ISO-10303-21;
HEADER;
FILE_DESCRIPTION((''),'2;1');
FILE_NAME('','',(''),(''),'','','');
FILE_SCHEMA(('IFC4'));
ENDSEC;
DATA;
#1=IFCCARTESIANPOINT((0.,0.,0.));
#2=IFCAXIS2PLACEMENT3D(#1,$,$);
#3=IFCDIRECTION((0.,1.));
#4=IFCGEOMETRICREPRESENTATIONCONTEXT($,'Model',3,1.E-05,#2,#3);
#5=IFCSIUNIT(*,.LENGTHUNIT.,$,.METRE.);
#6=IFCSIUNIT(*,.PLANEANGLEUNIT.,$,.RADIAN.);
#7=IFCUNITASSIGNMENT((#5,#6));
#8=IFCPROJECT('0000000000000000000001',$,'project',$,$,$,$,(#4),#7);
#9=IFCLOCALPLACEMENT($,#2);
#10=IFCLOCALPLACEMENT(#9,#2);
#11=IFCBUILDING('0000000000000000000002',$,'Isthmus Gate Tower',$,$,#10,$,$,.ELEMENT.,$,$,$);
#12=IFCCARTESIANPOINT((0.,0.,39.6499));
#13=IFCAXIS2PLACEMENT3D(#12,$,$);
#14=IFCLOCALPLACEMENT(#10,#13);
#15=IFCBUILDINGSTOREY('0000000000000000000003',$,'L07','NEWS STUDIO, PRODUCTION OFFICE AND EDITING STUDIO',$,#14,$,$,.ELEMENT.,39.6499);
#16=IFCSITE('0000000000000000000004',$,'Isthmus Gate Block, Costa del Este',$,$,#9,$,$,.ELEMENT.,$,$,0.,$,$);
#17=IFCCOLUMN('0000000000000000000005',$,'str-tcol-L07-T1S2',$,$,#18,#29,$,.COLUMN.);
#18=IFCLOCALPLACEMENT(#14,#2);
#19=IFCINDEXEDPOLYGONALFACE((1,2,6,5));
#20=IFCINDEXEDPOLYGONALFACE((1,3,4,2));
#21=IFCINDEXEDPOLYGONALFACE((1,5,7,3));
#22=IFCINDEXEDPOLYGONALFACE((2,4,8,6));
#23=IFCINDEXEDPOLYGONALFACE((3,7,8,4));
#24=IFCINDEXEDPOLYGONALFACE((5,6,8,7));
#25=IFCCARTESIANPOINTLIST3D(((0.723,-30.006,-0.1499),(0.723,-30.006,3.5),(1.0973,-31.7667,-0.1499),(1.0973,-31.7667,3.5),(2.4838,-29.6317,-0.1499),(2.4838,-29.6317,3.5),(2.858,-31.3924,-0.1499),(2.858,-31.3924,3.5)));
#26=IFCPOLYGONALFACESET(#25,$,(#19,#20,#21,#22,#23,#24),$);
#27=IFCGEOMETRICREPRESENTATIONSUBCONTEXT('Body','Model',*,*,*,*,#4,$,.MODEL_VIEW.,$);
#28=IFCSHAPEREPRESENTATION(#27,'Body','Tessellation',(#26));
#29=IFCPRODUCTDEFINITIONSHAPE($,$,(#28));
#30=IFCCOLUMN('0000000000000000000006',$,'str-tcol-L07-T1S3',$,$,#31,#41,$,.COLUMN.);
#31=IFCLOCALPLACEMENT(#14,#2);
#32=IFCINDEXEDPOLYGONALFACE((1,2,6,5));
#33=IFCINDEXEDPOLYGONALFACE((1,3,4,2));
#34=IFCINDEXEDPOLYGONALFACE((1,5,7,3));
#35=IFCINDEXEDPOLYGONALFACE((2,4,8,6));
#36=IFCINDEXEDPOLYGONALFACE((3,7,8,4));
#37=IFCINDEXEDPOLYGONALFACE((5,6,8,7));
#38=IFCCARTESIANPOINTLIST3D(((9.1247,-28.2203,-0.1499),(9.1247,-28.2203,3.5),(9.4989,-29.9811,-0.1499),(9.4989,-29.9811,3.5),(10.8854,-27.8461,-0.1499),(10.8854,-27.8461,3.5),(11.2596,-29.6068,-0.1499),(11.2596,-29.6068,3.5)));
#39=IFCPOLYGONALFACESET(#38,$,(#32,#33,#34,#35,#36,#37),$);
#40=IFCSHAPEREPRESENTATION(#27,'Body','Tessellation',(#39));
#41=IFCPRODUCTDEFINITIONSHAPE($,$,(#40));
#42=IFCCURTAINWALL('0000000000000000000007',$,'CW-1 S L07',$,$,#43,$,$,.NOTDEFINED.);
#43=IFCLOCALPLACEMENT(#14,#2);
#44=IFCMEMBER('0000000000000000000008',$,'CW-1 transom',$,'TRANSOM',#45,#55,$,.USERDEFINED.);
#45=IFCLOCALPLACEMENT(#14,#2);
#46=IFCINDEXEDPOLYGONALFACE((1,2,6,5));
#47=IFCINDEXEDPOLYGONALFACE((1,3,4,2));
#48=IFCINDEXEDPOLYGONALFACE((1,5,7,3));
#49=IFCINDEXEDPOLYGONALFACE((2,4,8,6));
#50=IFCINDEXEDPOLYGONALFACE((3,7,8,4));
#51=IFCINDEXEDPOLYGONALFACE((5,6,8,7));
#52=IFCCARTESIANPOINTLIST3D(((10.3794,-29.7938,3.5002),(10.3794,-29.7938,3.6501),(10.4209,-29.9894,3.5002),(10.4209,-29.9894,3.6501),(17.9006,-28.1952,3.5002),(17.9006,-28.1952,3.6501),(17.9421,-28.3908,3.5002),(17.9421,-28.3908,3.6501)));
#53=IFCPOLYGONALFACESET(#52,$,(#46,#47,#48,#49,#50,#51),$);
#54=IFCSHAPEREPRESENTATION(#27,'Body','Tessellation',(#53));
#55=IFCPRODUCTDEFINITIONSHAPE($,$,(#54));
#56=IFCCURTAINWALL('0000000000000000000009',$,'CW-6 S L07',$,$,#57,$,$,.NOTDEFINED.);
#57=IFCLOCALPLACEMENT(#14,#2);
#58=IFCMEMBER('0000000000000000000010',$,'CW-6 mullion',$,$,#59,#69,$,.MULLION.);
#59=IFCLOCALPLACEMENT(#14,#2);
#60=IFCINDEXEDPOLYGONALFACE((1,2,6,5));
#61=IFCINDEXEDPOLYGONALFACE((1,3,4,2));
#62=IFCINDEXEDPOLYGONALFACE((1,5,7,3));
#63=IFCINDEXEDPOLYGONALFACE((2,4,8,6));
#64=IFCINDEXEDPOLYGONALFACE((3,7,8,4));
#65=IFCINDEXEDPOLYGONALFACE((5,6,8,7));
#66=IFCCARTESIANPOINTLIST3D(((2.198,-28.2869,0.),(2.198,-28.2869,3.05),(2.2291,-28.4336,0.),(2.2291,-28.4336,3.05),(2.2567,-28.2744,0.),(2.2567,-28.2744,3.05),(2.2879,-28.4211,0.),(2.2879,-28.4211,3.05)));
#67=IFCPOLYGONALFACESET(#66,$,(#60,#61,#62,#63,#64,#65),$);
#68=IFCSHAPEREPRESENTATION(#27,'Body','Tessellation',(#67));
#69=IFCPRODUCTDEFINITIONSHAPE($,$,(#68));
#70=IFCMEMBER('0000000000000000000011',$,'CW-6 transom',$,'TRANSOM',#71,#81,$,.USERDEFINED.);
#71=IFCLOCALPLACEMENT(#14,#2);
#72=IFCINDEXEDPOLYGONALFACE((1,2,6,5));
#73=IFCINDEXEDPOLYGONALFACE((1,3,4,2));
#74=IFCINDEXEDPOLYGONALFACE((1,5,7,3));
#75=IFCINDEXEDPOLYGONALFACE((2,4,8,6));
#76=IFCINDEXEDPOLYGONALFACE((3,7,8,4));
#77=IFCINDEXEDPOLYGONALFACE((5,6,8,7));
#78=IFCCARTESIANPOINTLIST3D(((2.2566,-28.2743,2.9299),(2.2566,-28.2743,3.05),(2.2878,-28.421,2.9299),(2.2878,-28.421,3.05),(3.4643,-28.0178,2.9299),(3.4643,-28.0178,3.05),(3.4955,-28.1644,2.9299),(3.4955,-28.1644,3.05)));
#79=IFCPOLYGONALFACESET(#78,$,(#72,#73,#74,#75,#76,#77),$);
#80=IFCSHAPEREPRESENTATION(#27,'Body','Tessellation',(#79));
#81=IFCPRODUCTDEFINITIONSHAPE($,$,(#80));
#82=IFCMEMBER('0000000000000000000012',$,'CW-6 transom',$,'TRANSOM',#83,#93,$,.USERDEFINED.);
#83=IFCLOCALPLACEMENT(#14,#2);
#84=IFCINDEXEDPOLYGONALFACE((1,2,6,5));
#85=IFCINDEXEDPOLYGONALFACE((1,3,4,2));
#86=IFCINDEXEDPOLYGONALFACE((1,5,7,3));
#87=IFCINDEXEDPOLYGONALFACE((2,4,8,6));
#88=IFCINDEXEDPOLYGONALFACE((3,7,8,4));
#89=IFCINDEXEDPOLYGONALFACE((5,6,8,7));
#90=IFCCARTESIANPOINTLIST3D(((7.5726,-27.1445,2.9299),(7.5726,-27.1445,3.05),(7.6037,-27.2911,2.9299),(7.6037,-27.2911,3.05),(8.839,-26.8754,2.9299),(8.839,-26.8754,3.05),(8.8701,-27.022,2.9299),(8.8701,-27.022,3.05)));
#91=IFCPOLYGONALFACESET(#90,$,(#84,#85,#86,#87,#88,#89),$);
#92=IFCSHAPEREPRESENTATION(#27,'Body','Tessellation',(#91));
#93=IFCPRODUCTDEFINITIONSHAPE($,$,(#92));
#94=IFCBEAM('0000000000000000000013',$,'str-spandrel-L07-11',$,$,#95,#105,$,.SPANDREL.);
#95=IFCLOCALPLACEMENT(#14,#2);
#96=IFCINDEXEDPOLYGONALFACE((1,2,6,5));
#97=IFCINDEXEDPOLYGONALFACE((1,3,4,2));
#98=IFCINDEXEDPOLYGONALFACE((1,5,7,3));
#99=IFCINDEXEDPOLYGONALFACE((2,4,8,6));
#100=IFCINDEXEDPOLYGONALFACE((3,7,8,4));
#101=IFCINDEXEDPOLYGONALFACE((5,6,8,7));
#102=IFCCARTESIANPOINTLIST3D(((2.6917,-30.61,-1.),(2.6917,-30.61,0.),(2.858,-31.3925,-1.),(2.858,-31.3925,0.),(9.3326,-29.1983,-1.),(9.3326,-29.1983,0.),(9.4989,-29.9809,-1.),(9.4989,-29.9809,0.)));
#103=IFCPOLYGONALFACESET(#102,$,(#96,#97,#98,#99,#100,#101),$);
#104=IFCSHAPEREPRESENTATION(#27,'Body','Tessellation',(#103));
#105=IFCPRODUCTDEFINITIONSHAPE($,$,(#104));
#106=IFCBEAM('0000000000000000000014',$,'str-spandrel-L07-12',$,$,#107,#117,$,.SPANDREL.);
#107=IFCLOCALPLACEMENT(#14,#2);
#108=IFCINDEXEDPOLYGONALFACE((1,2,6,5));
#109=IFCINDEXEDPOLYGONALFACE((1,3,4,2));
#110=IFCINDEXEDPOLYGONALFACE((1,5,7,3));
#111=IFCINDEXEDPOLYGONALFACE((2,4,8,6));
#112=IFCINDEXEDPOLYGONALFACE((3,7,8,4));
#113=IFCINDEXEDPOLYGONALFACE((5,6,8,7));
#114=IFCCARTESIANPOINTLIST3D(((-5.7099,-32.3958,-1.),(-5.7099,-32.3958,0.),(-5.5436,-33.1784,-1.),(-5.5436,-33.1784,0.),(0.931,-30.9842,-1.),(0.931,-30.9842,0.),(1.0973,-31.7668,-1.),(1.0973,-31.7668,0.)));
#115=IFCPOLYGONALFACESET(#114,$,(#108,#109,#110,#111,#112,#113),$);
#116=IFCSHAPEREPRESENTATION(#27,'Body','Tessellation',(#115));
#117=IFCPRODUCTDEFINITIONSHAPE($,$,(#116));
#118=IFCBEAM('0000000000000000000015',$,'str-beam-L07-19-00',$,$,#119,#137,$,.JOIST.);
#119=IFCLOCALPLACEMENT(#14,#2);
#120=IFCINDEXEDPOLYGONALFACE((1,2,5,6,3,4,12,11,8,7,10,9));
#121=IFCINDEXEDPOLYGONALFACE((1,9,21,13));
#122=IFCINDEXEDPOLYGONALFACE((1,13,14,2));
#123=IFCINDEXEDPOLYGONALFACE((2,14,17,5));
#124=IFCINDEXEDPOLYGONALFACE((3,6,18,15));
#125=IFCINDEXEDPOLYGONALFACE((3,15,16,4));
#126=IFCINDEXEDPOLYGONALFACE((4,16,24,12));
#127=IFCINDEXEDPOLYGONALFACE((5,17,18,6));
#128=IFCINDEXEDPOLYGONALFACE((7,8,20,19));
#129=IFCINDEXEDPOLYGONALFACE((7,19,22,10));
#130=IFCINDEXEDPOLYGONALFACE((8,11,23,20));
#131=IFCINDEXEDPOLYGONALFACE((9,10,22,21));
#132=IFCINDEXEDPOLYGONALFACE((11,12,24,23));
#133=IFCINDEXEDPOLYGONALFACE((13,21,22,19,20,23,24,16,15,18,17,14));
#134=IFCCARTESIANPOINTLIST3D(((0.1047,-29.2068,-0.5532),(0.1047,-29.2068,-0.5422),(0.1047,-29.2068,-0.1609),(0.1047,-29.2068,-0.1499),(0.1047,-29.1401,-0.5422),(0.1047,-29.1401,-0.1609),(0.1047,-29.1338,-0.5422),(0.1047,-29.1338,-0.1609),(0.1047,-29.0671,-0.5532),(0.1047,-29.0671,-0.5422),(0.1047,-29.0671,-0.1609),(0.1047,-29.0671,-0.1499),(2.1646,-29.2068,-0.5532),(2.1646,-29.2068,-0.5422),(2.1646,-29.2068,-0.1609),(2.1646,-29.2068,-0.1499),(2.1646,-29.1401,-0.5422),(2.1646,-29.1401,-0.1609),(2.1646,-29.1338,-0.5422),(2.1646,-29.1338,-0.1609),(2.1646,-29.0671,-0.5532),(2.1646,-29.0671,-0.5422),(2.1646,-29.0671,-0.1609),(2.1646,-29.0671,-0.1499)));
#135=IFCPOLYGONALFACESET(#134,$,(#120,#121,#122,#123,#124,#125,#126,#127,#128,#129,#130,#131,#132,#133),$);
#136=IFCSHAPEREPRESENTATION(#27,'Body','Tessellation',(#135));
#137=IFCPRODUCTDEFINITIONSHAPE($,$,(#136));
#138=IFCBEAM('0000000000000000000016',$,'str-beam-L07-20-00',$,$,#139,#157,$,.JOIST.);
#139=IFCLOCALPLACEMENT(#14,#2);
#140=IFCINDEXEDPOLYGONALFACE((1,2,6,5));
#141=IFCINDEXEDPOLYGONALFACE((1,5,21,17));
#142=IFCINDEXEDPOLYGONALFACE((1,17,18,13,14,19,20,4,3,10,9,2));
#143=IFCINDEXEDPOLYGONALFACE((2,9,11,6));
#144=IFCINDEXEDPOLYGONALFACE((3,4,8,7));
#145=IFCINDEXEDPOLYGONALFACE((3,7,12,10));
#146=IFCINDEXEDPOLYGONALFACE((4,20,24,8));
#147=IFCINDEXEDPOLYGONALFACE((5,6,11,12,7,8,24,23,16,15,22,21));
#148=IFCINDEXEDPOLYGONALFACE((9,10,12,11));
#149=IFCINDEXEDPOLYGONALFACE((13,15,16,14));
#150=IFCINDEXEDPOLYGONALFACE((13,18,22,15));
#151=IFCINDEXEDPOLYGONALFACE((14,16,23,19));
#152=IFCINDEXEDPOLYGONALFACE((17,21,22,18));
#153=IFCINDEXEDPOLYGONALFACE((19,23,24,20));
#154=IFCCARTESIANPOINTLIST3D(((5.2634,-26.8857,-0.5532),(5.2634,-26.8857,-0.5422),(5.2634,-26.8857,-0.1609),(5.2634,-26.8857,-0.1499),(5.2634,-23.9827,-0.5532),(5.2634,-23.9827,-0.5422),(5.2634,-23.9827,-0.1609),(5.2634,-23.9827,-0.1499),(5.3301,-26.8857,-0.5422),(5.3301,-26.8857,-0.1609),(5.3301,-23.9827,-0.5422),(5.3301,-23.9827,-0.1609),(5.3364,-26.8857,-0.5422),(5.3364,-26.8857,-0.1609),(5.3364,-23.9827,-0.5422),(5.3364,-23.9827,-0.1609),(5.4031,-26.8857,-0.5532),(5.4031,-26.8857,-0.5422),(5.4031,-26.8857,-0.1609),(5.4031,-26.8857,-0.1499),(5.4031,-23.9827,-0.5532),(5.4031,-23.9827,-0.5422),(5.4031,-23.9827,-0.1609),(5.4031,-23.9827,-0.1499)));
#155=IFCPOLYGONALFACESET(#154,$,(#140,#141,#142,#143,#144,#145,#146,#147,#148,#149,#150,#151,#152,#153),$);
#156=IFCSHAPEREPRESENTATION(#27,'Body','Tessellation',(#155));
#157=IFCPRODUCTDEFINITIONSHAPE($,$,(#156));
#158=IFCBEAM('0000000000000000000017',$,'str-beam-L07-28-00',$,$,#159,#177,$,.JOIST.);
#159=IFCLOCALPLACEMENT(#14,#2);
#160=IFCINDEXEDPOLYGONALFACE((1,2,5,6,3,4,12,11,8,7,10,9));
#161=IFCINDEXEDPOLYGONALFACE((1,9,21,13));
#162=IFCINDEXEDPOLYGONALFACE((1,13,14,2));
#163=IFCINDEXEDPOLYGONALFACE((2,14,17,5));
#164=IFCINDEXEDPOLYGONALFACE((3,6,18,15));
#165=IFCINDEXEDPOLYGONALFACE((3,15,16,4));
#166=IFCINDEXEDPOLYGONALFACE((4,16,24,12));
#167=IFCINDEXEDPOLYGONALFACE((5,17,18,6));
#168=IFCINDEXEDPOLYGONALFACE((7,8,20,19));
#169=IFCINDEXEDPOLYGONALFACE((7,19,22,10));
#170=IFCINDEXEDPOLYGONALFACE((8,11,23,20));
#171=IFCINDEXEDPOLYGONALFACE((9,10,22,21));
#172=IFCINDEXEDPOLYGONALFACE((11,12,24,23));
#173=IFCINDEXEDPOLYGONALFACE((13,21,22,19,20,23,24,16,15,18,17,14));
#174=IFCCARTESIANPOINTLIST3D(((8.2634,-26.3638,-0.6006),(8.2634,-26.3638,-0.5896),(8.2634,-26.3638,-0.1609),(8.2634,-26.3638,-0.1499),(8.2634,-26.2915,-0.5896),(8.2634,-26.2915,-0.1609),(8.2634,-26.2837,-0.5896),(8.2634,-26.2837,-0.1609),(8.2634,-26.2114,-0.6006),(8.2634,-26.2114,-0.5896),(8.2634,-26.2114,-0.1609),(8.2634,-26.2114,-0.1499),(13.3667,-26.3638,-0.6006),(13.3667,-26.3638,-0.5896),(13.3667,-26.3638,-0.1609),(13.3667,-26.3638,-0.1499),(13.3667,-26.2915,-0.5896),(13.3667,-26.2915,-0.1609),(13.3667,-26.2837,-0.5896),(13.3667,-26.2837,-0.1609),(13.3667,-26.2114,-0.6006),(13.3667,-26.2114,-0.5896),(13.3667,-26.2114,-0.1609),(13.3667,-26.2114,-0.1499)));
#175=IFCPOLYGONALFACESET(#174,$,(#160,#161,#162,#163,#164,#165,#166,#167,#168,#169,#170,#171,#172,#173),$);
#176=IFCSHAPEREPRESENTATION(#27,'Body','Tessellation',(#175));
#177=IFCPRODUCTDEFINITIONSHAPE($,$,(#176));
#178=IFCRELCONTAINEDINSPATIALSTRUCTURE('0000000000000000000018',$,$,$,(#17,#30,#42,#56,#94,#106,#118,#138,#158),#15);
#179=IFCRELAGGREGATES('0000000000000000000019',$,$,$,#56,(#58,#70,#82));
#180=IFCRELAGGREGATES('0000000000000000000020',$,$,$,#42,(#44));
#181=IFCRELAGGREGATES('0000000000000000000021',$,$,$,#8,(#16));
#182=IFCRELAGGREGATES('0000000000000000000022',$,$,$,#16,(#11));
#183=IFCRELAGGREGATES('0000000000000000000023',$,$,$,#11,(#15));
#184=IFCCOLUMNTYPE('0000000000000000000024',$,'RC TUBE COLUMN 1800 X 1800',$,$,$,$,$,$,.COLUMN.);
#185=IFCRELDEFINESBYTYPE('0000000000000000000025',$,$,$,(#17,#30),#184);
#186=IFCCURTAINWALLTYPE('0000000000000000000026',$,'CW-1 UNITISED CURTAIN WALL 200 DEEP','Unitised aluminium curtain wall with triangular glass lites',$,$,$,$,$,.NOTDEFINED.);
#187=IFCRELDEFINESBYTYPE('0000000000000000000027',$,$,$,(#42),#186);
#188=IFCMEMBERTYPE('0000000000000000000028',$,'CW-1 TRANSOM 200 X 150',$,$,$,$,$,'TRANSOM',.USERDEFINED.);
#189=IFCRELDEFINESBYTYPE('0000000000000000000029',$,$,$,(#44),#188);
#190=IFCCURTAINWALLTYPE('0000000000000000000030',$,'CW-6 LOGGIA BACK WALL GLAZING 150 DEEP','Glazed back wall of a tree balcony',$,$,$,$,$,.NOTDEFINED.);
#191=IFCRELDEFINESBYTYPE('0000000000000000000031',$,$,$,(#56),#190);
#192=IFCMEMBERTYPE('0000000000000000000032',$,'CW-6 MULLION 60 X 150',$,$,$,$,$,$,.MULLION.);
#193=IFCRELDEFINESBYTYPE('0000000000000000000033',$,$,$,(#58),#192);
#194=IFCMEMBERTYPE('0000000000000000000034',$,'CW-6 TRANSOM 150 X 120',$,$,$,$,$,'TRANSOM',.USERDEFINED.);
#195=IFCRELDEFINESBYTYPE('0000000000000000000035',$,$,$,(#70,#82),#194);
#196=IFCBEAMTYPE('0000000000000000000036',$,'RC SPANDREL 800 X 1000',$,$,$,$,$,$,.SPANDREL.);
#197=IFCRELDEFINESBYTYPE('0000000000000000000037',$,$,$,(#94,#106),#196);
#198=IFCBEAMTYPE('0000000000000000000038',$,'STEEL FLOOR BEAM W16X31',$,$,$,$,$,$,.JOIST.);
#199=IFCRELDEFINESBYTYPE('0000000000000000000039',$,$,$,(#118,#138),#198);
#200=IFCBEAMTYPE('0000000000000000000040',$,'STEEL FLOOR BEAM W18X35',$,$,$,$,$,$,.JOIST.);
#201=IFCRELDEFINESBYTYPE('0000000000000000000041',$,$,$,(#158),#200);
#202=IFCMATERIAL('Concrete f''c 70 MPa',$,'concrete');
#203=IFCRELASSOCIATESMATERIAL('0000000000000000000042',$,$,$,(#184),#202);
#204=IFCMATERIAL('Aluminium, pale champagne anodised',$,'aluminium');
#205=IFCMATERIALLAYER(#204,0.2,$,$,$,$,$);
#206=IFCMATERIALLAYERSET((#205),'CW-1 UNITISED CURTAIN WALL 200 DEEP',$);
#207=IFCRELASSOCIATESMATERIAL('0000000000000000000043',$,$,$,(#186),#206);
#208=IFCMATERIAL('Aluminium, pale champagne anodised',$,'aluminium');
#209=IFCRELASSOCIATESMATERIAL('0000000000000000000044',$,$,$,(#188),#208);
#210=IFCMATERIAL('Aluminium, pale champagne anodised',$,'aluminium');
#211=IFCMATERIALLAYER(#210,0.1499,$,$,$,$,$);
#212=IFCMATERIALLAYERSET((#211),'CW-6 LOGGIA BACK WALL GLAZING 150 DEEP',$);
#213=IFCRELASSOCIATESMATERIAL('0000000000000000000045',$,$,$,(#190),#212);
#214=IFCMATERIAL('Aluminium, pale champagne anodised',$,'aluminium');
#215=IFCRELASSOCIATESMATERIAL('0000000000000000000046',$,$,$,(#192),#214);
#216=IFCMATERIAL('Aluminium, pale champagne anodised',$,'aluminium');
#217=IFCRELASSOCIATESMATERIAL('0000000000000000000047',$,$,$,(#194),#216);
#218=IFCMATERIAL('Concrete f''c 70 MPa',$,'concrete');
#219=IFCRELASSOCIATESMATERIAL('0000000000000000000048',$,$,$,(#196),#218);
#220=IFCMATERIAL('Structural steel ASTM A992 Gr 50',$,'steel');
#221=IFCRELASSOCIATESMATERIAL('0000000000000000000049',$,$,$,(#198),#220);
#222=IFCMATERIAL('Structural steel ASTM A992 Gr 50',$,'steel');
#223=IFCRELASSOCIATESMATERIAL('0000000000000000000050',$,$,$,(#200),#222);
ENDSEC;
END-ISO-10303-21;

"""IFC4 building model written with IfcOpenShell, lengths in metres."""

from ifc_helpers import new_model, si_unit, direction, frame, origin, origin_2d, place, context, subcontext, project, spatial, rectangle, i_section, extrude, material, layer, layer_set, material_profile, profile_set, type_object, element, aggregate, save


model = new_model("IFC4")

# Units and contexts
model_context = context("Model", 3, precision=1e-05, world=origin(), true_north=direction((0.0, 1.0)))
body_context = subcontext(model_context, "Body", "Model", "MODEL_VIEW")
ifc_project = project(units=[si_unit("LENGTHUNIT", "METRE"), si_unit("PLANEANGLEUNIT", "RADIAN")], contexts=[model_context])

# Site, building, storey
site_placement = place(None, origin())
site = spatial("IfcSite", under=ifc_project, at=site_placement, Name="Isthmus Gate Block, Costa del Este", CompositionType="ELEMENT", RefElevation=0.0)
building_placement = place(site_placement, origin())
building = spatial("IfcBuilding", under=site, at=building_placement, Name="Isthmus Gate Tower", CompositionType="ELEMENT")
storey_placement = place(building_placement, frame((0.0, 0.0, 39.6499)))
storey = spatial("IfcBuildingStorey", under=building, at=storey_placement, Name="L07", Description="NEWS STUDIO, PRODUCTION OFFICE AND EDITING STUDIO", CompositionType="ELEMENT", Elevation=39.6499)

# Columns
ifc_material_1 = material(Name="Concrete f'c 70 MPa", Category="concrete")
ifc_material_profile_1 = material_profile(ifc_material_1, rectangle(XDim=1.8, YDim=1.8, at=origin_2d()), Name="RC 1800X1800")
ifc_profile_set_1 = profile_set([ifc_material_profile_1], Name="Concrete f'c 70 MPa")
column_type = type_object("IfcColumnType", Name="RC TUBE COLUMN 1800 X 1800", PredefinedType="COLUMN", material=ifc_profile_set_1)
for number, where, z_axis, x_axis, name in (
    (1, (1.7905, -30.6992, -0.1499), (0.0, 0.0, 1.0), (0.978148, 0.207912, 0.0), "str-tcol-L07-T1S2"),
    (2, (10.1921, -28.9136, -0.1499), (0.0, 0.0, 1.0), (0.978148, 0.207912, 0.0), "str-tcol-L07-T1S3"),
):
    element("IfcColumn", number, at=place(storey_placement, frame(where, z_axis=z_axis, x_axis=x_axis)), inside=storey, type_object=column_type, Name=name, PredefinedType="COLUMN", context=body_context, shape_type="SweptSolid", body=[
        extrude(rectangle(XDim=1.8, YDim=1.8, at=origin_2d()), origin(), (0.0, 0.0, 1.0), 3.6499),
    ])

# Curtain wall, member
ifc_material_2 = material(Name="Aluminium, pale champagne anodised", Category="aluminium")
ifc_layer_1 = layer(ifc_material_2, 0.2)
ifc_layer_set_1 = layer_set([ifc_layer_1], Name="CW-1 UNITISED CURTAIN WALL 200 DEEP")
curtain_wall_type_1 = type_object("IfcCurtainWallType", Name="CW-1 UNITISED CURTAIN WALL 200 DEEP", Description="Unitised aluminium curtain wall with triangular glass lites", PredefinedType="NOTDEFINED", material=ifc_layer_set_1)
curtain_wall_1_placement = place(storey_placement, origin())
curtain_wall_1 = element("IfcCurtainWall", 3, at=curtain_wall_1_placement, inside=storey, type_object=curtain_wall_type_1, Name="CW-1 S L07", PredefinedType="NOTDEFINED")
ifc_material_3 = material(Name="Aluminium, pale champagne anodised", Category="aluminium")
ifc_material_profile_2 = material_profile(ifc_material_3, rectangle(XDim=0.2, YDim=0.1499, at=origin_2d()), Name="200x150")
ifc_profile_set_2 = profile_set([ifc_material_profile_2], Name="Aluminium, pale champagne anodised")
member_type_1 = type_object("IfcMemberType", Name="CW-1 TRANSOM 200 X 150", ElementType="TRANSOM", PredefinedType="USERDEFINED", material=ifc_profile_set_2)
member_1_placement = place(storey_placement, frame((10.4001, -29.8916, 3.5752), z_axis=(0.978149, 0.207905, 0.0), x_axis=(-0.207905, 0.978149, 0.0)))
member_1 = element("IfcMember", 4, at=member_1_placement, type_object=member_type_1, Name="CW-1 transom", ObjectType="TRANSOM", PredefinedType="USERDEFINED", context=body_context, shape_type="SweptSolid", body=[
    extrude(rectangle(XDim=0.2, YDim=0.1499, at=origin_2d()), origin(), (0.0, 0.0, 1.0), 7.6892),
])

# Curtain wall, members
ifc_material_4 = material(Name="Aluminium, pale champagne anodised", Category="aluminium")
ifc_layer_2 = layer(ifc_material_4, 0.1499)
ifc_layer_set_2 = layer_set([ifc_layer_2], Name="CW-6 LOGGIA BACK WALL GLAZING 150 DEEP")
curtain_wall_type_2 = type_object("IfcCurtainWallType", Name="CW-6 LOGGIA BACK WALL GLAZING 150 DEEP", Description="Glazed back wall of a tree balcony", PredefinedType="NOTDEFINED", material=ifc_layer_set_2)
curtain_wall_2_placement = place(storey_placement, origin())
curtain_wall_2 = element("IfcCurtainWall", 5, at=curtain_wall_2_placement, inside=storey, type_object=curtain_wall_type_2, Name="CW-6 S L07", PredefinedType="NOTDEFINED")
ifc_material_5 = material(Name="Aluminium, pale champagne anodised", Category="aluminium")
ifc_material_profile_3 = material_profile(ifc_material_5, rectangle(XDim=0.0601, YDim=0.1499, at=origin_2d()), Name="60x150")
ifc_profile_set_3 = profile_set([ifc_material_profile_3], Name="Aluminium, pale champagne anodised")
member_type_2 = type_object("IfcMemberType", Name="CW-6 MULLION 60 X 150", PredefinedType="MULLION", material=ifc_profile_set_3)
member_2_placement = place(storey_placement, frame((2.2429, -28.354, 0.0), z_axis=(0.0, 0.0, 1.0), x_axis=(0.978148, 0.207912, 0.0)))
member_2 = element("IfcMember", 6, at=member_2_placement, type_object=member_type_2, Name="CW-6 mullion", PredefinedType="MULLION", context=body_context, shape_type="SweptSolid", body=[
    extrude(rectangle(XDim=0.0601, YDim=0.1499, at=origin_2d()), origin(), (0.0, 0.0, 1.0), 3.05),
])
ifc_material_6 = material(Name="Aluminium, pale champagne anodised", Category="aluminium")
ifc_material_profile_4 = material_profile(ifc_material_6, rectangle(XDim=0.1499, YDim=0.1201, at=origin_2d()), Name="150x120")
ifc_profile_set_4 = profile_set([ifc_material_profile_4], Name="Aluminium, pale champagne anodised")
member_type_3 = type_object("IfcMemberType", Name="CW-6 TRANSOM 150 X 120", ElementType="TRANSOM", PredefinedType="USERDEFINED", material=ifc_profile_set_4)
member_3_placement = place(storey_placement, frame((2.2722, -28.3477, 2.99), z_axis=(0.978168, 0.207814, 0.0), x_axis=(-0.207814, 0.978168, 0.0)))
member_3 = element("IfcMember", 7, at=member_3_placement, type_object=member_type_3, Name="CW-6 transom", ObjectType="TRANSOM", PredefinedType="USERDEFINED", context=body_context, shape_type="SweptSolid", body=[
    extrude(rectangle(XDim=0.1499, YDim=0.1201, at=origin_2d()), origin(), (0.0, 0.0, 1.0), 1.2346),
])
member_4_placement = place(storey_placement, frame((7.5881, -27.2178, 2.99), z_axis=(0.978168, 0.207816, 0.0), x_axis=(-0.207816, 0.978168, 0.0)))
member_4 = element("IfcMember", 8, at=member_4_placement, type_object=member_type_3, Name="CW-6 transom", ObjectType="TRANSOM", PredefinedType="USERDEFINED", context=body_context, shape_type="SweptSolid", body=[
    extrude(rectangle(XDim=0.1499, YDim=0.1201, at=origin_2d()), origin(), (0.0, 0.0, 1.0), 1.2947),
])

# Beams
ifc_material_7 = material(Name="Concrete f'c 70 MPa", Category="concrete")
ifc_material_profile_5 = material_profile(ifc_material_7, rectangle(XDim=0.8, YDim=1.0, at=origin_2d()), Name="RC 800X1000")
ifc_profile_set_5 = profile_set([ifc_material_profile_5], Name="Concrete f'c 70 MPa")
beam_type_1 = type_object("IfcBeamType", Name="RC SPANDREL 800 X 1000", PredefinedType="SPANDREL", material=ifc_profile_set_5)
for number, where, z_axis, x_axis, name in (
    (9, (9.4158, -29.5896, -0.5), (-0.978146, -0.20792, 0.0), (0.20792, -0.978146, 0.0), "str-spandrel-L07-11"),
    (10, (1.0142, -31.3755, -0.5), (-0.978146, -0.20792, 0.0), (0.20792, -0.978146, 0.0), "str-spandrel-L07-12"),
):
    element("IfcBeam", number, at=place(storey_placement, frame(where, z_axis=z_axis, x_axis=x_axis)), inside=storey, type_object=beam_type_1, Name=name, PredefinedType="SPANDREL", context=body_context, shape_type="SweptSolid", body=[
        extrude(rectangle(XDim=0.8, YDim=1.0, at=origin_2d()), origin(), (0.0, 0.0, 1.0), 6.7893),
    ])
ifc_material_8 = material(Name="Structural steel ASTM A992 Gr 50", Category="steel")
ifc_material_profile_6 = material_profile(ifc_material_8, i_section(OverallWidth=0.1396, OverallDepth=0.4033, WebThickness=0.0063, FlangeThickness=0.011, at=origin_2d()), Name="W16X31")
ifc_profile_set_6 = profile_set([ifc_material_profile_6], Name="Structural steel ASTM A992 Gr 50")
beam_type_2 = type_object("IfcBeamType", Name="STEEL FLOOR BEAM W16X31", PredefinedType="JOIST", material=ifc_profile_set_6)
beam_1_placement = place(storey_placement, frame((0.1047, -29.137, -0.3516), z_axis=(1.0, 0.0, 0.0), x_axis=(0.0, 1.0, 0.0)))
element("IfcBeam", 11, at=beam_1_placement, inside=storey, type_object=beam_type_2, Name="str-beam-L07-19-00", PredefinedType="JOIST", context=body_context, shape_type="SweptSolid", body=[
    extrude(i_section(OverallWidth=0.1396, OverallDepth=0.4033, WebThickness=0.0063, FlangeThickness=0.011, at=origin_2d()), origin(), (0.0, 0.0, 1.0), 2.0598),
])
beam_2_placement = place(storey_placement, frame((5.3333, -26.8857, -0.3516), z_axis=(0.0, 1.0, 0.0), x_axis=(-1.0, 0.0, 0.0)))
element("IfcBeam", 12, at=beam_2_placement, inside=storey, type_object=beam_type_2, Name="str-beam-L07-20-00", PredefinedType="JOIST", context=body_context, shape_type="SweptSolid", body=[
    extrude(i_section(OverallWidth=0.1396, OverallDepth=0.4033, WebThickness=0.0063, FlangeThickness=0.011, at=origin_2d()), origin(), (0.0, 0.0, 1.0), 2.9031),
])
ifc_material_9 = material(Name="Structural steel ASTM A992 Gr 50", Category="steel")
ifc_material_profile_7 = material_profile(ifc_material_9, i_section(OverallWidth=0.1523, OverallDepth=0.4507, WebThickness=0.0078, FlangeThickness=0.011, at=origin_2d()), Name="W18X35")
ifc_profile_set_7 = profile_set([ifc_material_profile_7], Name="Structural steel ASTM A992 Gr 50")
beam_type_3 = type_object("IfcBeamType", Name="STEEL FLOOR BEAM W18X35", PredefinedType="JOIST", material=ifc_profile_set_7)
beam_3_placement = place(storey_placement, frame((8.2634, -26.2876, -0.3752), z_axis=(1.0, 0.0, 0.0), x_axis=(0.0, 1.0, 0.0)))
element("IfcBeam", 13, at=beam_3_placement, inside=storey, type_object=beam_type_3, Name="str-beam-L07-28-00", PredefinedType="JOIST", context=body_context, shape_type="SweptSolid", body=[
    extrude(i_section(OverallWidth=0.1523, OverallDepth=0.4507, WebThickness=0.0078, FlangeThickness=0.011, at=origin_2d()), origin(), (0.0, 0.0, 1.0), 5.1033),
])

aggregate(curtain_wall_2, [member_2, member_3, member_4])

aggregate(curtain_wall_1, [member_1])

save(model, "model.ifc")
